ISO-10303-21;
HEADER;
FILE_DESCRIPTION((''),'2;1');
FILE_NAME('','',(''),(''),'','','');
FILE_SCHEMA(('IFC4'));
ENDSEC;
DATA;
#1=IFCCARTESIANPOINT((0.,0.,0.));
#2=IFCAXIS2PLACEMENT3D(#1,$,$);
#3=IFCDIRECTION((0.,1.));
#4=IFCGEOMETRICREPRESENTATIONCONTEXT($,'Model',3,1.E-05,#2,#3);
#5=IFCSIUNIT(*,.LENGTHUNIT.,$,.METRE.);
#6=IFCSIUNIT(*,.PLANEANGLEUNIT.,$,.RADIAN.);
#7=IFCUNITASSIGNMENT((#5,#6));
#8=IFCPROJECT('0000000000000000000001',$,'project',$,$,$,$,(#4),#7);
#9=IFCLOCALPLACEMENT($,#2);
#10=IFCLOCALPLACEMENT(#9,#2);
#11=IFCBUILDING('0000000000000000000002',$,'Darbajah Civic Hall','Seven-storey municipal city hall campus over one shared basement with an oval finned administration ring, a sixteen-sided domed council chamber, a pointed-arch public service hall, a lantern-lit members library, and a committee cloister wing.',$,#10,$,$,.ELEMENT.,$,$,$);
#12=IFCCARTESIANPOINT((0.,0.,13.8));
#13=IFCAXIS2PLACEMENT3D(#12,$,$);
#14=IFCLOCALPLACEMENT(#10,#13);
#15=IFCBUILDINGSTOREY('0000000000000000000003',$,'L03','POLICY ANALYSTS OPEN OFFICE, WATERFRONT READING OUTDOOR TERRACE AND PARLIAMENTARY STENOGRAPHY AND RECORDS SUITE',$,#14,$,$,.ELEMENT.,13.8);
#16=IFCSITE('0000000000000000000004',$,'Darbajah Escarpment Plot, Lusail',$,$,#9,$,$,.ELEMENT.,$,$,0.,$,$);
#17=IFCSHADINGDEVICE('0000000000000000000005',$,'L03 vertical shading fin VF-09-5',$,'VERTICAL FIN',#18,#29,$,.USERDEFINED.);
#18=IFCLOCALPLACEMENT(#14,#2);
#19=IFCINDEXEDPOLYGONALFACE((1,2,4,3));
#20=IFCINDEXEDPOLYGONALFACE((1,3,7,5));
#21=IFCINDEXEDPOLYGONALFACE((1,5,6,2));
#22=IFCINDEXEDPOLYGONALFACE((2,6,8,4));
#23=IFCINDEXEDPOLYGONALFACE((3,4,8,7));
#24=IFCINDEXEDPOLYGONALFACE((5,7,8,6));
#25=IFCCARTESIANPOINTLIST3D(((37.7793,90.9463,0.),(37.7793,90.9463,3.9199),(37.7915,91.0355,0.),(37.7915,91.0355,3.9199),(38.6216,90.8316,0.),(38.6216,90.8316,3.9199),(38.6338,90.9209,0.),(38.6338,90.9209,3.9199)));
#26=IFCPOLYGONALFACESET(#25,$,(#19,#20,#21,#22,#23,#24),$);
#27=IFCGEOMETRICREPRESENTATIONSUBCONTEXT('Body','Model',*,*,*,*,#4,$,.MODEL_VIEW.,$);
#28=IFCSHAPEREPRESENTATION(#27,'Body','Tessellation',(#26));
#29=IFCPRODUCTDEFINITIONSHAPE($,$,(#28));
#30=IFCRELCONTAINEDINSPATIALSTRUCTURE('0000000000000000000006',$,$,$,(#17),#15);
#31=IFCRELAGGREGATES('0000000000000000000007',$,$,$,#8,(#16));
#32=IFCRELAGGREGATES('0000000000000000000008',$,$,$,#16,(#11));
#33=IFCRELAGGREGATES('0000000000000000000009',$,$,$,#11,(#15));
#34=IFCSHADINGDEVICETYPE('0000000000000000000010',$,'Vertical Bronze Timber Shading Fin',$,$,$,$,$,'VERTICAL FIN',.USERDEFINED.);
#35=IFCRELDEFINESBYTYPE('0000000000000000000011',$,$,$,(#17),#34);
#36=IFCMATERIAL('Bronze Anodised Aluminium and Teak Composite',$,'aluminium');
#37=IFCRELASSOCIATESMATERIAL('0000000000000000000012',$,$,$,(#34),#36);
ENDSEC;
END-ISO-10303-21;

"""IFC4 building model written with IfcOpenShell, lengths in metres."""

from ifc_helpers import new_model, si_unit, direction, frame, origin, origin_2d, place, context, subcontext, project, spatial, rectangle, extrude, material, type_object, element, save


model = new_model("IFC4")

# Units and contexts
model_context = context("Model", 3, precision=1e-05, world=origin(), true_north=direction((0.0, 1.0)))
body_context = subcontext(model_context, "Body", "Model", "MODEL_VIEW")
ifc_project = project(units=[si_unit("LENGTHUNIT", "METRE"), si_unit("PLANEANGLEUNIT", "RADIAN")], contexts=[model_context])

# Site, building, storey
site_placement = place(None, origin())
site = spatial("IfcSite", under=ifc_project, at=site_placement, Name="Darbajah Escarpment Plot, Lusail", CompositionType="ELEMENT", RefElevation=0.0)
building_placement = place(site_placement, origin())
building = spatial("IfcBuilding", under=site, at=building_placement, Name="Darbajah Civic Hall", Description="Seven-storey municipal city hall campus over one shared basement with an oval finned administration ring, a sixteen-sided domed council chamber, a pointed-arch public service hall, a lantern-lit members library, and a committee cloister wing.", CompositionType="ELEMENT")
storey_placement = place(building_placement, frame((0.0, 0.0, 13.8)))
storey = spatial("IfcBuildingStorey", under=building, at=storey_placement, Name="L03", Description="POLICY ANALYSTS OPEN OFFICE, WATERFRONT READING OUTDOOR TERRACE AND PARLIAMENTARY STENOGRAPHY AND RECORDS SUITE", CompositionType="ELEMENT", Elevation=13.8)

# Shading device
ifc_material_1 = material(Name="Bronze Anodised Aluminium and Teak Composite", Category="aluminium")
shading_device_type = type_object("IfcShadingDeviceType", Name="Vertical Bronze Timber Shading Fin", ElementType="VERTICAL FIN", PredefinedType="USERDEFINED", material=ifc_material_1)
for number, where, z_axis, x_axis, name in (
    (1, (38.2065, 90.9336, 0.0), (0.0, 0.0, 1.0), (-0.990866, 0.134851, 0.0), "L03 vertical shading fin VF-09-5"),
):
    element("IfcShadingDevice", number, at=place(storey_placement, frame(where, z_axis=z_axis, x_axis=x_axis)), inside=storey, type_object=shading_device_type, Name=name, ObjectType="VERTICAL FIN", PredefinedType="USERDEFINED", context=body_context, shape_type="SweptSolid", body=[
        extrude(rectangle(XDim=0.8501, YDim=0.0901, at=origin_2d()), origin(), (0.0, 0.0, 1.0), 3.9199),
    ])

save(model, "model.ifc")
